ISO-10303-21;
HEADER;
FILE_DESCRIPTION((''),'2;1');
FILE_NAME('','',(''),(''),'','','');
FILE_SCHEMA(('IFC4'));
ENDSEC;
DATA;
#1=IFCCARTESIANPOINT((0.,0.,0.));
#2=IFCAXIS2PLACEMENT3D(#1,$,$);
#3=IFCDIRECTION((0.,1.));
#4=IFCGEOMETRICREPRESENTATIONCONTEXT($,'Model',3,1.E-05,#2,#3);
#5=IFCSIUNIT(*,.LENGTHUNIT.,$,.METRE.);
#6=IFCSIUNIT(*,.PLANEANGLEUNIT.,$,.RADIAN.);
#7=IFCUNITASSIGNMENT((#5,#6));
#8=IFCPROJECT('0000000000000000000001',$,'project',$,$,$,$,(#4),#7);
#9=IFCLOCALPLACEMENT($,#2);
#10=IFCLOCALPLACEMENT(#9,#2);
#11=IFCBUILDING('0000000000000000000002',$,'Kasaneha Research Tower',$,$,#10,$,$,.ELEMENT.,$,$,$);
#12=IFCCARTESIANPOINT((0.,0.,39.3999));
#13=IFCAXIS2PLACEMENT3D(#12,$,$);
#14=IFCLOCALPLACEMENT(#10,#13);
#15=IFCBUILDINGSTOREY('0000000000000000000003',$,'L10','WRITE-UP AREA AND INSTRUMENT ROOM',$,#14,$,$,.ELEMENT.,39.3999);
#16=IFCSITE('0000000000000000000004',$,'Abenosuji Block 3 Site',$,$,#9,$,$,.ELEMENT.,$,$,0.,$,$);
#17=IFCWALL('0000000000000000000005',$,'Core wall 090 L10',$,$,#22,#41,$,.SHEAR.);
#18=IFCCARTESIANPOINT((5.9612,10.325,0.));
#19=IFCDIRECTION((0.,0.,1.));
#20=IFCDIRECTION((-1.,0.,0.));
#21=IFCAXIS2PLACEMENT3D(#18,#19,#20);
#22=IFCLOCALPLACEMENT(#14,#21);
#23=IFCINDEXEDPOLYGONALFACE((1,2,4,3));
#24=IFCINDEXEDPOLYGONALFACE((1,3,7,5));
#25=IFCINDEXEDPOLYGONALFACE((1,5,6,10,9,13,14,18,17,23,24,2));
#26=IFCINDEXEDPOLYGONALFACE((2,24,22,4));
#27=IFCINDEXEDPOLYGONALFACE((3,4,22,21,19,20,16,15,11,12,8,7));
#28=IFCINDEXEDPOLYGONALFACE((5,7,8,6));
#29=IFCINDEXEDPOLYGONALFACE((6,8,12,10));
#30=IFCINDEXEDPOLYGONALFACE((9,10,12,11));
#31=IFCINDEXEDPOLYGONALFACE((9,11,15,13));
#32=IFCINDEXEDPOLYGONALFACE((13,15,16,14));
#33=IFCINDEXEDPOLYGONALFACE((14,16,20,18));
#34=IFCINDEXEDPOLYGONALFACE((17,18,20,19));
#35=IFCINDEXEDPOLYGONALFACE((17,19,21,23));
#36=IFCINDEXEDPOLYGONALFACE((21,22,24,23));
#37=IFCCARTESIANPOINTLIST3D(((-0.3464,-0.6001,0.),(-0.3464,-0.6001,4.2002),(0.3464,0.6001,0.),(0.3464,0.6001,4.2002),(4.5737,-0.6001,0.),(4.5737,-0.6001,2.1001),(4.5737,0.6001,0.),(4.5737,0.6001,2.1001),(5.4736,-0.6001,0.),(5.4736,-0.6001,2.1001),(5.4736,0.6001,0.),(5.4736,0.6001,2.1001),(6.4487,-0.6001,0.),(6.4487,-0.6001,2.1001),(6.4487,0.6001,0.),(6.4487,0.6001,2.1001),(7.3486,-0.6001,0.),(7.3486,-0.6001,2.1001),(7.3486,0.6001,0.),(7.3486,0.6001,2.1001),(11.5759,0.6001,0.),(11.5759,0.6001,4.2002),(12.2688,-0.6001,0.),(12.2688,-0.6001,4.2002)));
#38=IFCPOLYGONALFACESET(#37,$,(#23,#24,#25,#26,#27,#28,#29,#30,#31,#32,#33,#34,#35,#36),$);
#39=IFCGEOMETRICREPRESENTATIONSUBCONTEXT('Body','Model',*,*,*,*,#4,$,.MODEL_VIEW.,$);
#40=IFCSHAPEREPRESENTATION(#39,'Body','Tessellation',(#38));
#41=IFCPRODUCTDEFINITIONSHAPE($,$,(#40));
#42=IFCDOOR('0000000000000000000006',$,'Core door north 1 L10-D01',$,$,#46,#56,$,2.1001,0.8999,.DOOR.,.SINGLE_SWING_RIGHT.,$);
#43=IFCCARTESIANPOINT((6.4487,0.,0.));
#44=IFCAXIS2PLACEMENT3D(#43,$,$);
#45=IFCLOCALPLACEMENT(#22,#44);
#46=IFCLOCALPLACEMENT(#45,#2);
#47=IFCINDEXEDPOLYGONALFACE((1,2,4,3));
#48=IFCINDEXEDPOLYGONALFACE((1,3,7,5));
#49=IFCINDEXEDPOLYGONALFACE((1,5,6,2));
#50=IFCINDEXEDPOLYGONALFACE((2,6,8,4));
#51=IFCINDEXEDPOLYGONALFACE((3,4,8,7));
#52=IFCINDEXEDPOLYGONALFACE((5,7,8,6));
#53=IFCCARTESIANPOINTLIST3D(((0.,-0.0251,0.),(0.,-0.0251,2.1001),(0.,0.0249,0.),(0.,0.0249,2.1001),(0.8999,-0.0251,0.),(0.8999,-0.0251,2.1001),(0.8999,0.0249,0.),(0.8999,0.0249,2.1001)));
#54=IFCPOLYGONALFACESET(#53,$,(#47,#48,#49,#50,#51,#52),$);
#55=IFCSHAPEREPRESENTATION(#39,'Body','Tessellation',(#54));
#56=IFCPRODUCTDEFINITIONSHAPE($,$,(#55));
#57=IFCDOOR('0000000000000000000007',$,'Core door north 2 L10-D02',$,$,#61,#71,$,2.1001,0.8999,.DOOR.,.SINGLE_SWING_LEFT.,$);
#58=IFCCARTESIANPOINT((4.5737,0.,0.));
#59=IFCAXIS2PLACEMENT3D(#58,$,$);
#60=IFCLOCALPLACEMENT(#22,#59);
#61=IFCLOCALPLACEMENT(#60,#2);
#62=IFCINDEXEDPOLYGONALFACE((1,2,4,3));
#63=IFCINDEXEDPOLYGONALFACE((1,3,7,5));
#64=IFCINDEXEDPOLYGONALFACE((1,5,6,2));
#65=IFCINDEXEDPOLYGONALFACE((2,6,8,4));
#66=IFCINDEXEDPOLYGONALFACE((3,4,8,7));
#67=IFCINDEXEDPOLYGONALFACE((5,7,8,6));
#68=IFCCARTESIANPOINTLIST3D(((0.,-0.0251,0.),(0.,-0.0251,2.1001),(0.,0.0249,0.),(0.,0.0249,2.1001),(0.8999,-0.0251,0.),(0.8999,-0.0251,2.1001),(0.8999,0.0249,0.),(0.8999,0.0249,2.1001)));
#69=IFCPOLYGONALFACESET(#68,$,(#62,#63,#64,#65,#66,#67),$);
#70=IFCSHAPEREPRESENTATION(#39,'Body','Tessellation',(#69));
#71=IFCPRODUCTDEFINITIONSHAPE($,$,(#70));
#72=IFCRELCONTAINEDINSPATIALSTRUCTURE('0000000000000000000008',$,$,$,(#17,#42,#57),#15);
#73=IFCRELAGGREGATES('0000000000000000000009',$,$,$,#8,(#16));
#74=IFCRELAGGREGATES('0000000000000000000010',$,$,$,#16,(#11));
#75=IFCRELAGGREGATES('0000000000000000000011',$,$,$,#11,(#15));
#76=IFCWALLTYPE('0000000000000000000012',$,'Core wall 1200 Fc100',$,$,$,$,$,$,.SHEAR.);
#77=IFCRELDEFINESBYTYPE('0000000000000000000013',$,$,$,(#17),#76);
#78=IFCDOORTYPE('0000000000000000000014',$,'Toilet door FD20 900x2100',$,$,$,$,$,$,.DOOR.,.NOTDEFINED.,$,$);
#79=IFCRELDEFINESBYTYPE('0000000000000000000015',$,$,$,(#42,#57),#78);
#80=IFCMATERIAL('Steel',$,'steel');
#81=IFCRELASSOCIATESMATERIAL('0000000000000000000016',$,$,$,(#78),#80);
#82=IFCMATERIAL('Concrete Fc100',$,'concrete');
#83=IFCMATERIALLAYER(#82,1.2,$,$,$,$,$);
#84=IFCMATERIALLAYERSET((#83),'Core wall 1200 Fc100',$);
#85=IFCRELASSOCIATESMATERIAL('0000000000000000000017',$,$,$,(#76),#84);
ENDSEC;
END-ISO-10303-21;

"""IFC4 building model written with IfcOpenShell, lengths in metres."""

from ifc_helpers import new_model, si_unit, direction, frame, frame_2d, origin, place, context, subcontext, project, spatial, polyline, rectangle, outline, extrude, material, layer, layer_set, type_object, element, fill, save


model = new_model("IFC4")

# Units and contexts
model_context = context("Model", 3, precision=1e-05, world=origin(), true_north=direction((0.0, 1.0)))
body_context = subcontext(model_context, "Body", "Model", "MODEL_VIEW")
ifc_project = project(units=[si_unit("LENGTHUNIT", "METRE"), si_unit("PLANEANGLEUNIT", "RADIAN")], contexts=[model_context])

# Site, building, storey
site_placement = place(None, origin())
site = spatial("IfcSite", under=ifc_project, at=site_placement, Name="Abenosuji Block 3 Site", CompositionType="ELEMENT", RefElevation=0.0)
building_placement = place(site_placement, origin())
building = spatial("IfcBuilding", under=site, at=building_placement, Name="Kasaneha Research Tower", CompositionType="ELEMENT")
storey_placement = place(building_placement, frame((0.0, 0.0, 39.3999)))
storey = spatial("IfcBuildingStorey", under=building, at=storey_placement, Name="L10", Description="WRITE-UP AREA AND INSTRUMENT ROOM", CompositionType="ELEMENT", Elevation=39.3999)

# Shared definitions
ifc_material_1 = material(Name="Steel", Category="steel")
door_type_1 = type_object("IfcDoorType", Name="Toilet door FD20 900x2100", OperationType="NOTDEFINED", PredefinedType="DOOR", material=ifc_material_1)

# Wall, openings, doors
ifc_material_2 = material(Name="Concrete Fc100", Category="concrete")
ifc_layer_1 = layer(ifc_material_2, 1.2)
ifc_layer_set_1 = layer_set([ifc_layer_1], Name="Core wall 1200 Fc100")
wall_type_1 = type_object("IfcWallType", Name="Core wall 1200 Fc100", PredefinedType="SHEAR", material=ifc_layer_set_1)
wall_1_placement = place(storey_placement, frame((5.9612, 10.325, 0.0), z_axis=(0.0, 0.0, 1.0), x_axis=(-1.0, 0.0, 0.0)))
wall_1 = element("IfcWall", 1, at=wall_1_placement, inside=storey, type_object=wall_type_1, Name="Core wall 090 L10", PredefinedType="SHEAR", context=body_context, shape_type="SweptSolid", body=[
    extrude(outline(polyline([(-0.3464, -0.6001), (4.5737, -0.6001), (5.4736, -0.6001), (6.4487, -0.6001), (7.3486, -0.6001), (12.2688, -0.6001), (11.5759, 0.6001), (7.3486, 0.6001), (6.4487, 0.6001), (5.4736, 0.6001), (4.5737, 0.6001), (0.3464, 0.6001), (-0.3464, -0.6001)])), origin(), (0.0, 0.0, 1.0), 4.2002),
])
opening_1_placement = place(wall_1_placement, frame((6.4487, 0.0, 0.0)))
opening_1 = element("IfcOpeningElement", 2, at=opening_1_placement, cuts=wall_1, PredefinedType="OPENING", context=body_context, shape_type="SweptSolid", body=[
    extrude(rectangle(XDim=0.8999, YDim=2.1001, at=frame_2d((0.45, 1.05))), frame((0.0, 0.6099, 0.0), z_axis=(0.0, -1.0, 0.0), x_axis=(1.0, 0.0, 0.0)), (0.0, 0.0, 1.0), 1.22),
])
opening_2_placement = place(wall_1_placement, frame((4.5737, 0.0, 0.0)))
opening_2 = element("IfcOpeningElement", 3, at=opening_2_placement, cuts=wall_1, PredefinedType="OPENING", context=body_context, shape_type="SweptSolid", body=[
    extrude(rectangle(XDim=0.8999, YDim=2.1001, at=frame_2d((0.45, 1.05))), frame((0.0, 0.6099, 0.0), z_axis=(0.0, -1.0, 0.0), x_axis=(1.0, 0.0, 0.0)), (0.0, 0.0, 1.0), 1.22),
])
door_1_placement = place(opening_1_placement, origin())
door_1 = element("IfcDoor", 4, at=door_1_placement, inside=storey, type_object=door_type_1, Name="Core door north 1 L10-D01", OperationType="SINGLE_SWING_RIGHT", OverallHeight=2.1001, OverallWidth=0.8999, PredefinedType="DOOR", context=body_context, shape_type="SweptSolid", body=[
    extrude(rectangle(XDim=0.8999, YDim=2.1001, at=frame_2d((0.45, 1.05))), frame((0.0, 0.0249, 0.0), z_axis=(0.0, -1.0, 0.0), x_axis=(1.0, 0.0, 0.0)), (0.0, 0.0, 1.0), 0.05),
])
fill(opening_1, door_1)
door_2_placement = place(opening_2_placement, origin())
door_2 = element("IfcDoor", 5, at=door_2_placement, inside=storey, type_object=door_type_1, Name="Core door north 2 L10-D02", OperationType="SINGLE_SWING_LEFT", OverallHeight=2.1001, OverallWidth=0.8999, PredefinedType="DOOR", context=body_context, shape_type="SweptSolid", body=[
    extrude(rectangle(XDim=0.8999, YDim=2.1001, at=frame_2d((0.45, 1.05))), frame((0.0, 0.0249, 0.0), z_axis=(0.0, -1.0, 0.0), x_axis=(1.0, 0.0, 0.0)), (0.0, 0.0, 1.0), 0.05),
])
fill(opening_2, door_2)

save(model, "model.ifc")
